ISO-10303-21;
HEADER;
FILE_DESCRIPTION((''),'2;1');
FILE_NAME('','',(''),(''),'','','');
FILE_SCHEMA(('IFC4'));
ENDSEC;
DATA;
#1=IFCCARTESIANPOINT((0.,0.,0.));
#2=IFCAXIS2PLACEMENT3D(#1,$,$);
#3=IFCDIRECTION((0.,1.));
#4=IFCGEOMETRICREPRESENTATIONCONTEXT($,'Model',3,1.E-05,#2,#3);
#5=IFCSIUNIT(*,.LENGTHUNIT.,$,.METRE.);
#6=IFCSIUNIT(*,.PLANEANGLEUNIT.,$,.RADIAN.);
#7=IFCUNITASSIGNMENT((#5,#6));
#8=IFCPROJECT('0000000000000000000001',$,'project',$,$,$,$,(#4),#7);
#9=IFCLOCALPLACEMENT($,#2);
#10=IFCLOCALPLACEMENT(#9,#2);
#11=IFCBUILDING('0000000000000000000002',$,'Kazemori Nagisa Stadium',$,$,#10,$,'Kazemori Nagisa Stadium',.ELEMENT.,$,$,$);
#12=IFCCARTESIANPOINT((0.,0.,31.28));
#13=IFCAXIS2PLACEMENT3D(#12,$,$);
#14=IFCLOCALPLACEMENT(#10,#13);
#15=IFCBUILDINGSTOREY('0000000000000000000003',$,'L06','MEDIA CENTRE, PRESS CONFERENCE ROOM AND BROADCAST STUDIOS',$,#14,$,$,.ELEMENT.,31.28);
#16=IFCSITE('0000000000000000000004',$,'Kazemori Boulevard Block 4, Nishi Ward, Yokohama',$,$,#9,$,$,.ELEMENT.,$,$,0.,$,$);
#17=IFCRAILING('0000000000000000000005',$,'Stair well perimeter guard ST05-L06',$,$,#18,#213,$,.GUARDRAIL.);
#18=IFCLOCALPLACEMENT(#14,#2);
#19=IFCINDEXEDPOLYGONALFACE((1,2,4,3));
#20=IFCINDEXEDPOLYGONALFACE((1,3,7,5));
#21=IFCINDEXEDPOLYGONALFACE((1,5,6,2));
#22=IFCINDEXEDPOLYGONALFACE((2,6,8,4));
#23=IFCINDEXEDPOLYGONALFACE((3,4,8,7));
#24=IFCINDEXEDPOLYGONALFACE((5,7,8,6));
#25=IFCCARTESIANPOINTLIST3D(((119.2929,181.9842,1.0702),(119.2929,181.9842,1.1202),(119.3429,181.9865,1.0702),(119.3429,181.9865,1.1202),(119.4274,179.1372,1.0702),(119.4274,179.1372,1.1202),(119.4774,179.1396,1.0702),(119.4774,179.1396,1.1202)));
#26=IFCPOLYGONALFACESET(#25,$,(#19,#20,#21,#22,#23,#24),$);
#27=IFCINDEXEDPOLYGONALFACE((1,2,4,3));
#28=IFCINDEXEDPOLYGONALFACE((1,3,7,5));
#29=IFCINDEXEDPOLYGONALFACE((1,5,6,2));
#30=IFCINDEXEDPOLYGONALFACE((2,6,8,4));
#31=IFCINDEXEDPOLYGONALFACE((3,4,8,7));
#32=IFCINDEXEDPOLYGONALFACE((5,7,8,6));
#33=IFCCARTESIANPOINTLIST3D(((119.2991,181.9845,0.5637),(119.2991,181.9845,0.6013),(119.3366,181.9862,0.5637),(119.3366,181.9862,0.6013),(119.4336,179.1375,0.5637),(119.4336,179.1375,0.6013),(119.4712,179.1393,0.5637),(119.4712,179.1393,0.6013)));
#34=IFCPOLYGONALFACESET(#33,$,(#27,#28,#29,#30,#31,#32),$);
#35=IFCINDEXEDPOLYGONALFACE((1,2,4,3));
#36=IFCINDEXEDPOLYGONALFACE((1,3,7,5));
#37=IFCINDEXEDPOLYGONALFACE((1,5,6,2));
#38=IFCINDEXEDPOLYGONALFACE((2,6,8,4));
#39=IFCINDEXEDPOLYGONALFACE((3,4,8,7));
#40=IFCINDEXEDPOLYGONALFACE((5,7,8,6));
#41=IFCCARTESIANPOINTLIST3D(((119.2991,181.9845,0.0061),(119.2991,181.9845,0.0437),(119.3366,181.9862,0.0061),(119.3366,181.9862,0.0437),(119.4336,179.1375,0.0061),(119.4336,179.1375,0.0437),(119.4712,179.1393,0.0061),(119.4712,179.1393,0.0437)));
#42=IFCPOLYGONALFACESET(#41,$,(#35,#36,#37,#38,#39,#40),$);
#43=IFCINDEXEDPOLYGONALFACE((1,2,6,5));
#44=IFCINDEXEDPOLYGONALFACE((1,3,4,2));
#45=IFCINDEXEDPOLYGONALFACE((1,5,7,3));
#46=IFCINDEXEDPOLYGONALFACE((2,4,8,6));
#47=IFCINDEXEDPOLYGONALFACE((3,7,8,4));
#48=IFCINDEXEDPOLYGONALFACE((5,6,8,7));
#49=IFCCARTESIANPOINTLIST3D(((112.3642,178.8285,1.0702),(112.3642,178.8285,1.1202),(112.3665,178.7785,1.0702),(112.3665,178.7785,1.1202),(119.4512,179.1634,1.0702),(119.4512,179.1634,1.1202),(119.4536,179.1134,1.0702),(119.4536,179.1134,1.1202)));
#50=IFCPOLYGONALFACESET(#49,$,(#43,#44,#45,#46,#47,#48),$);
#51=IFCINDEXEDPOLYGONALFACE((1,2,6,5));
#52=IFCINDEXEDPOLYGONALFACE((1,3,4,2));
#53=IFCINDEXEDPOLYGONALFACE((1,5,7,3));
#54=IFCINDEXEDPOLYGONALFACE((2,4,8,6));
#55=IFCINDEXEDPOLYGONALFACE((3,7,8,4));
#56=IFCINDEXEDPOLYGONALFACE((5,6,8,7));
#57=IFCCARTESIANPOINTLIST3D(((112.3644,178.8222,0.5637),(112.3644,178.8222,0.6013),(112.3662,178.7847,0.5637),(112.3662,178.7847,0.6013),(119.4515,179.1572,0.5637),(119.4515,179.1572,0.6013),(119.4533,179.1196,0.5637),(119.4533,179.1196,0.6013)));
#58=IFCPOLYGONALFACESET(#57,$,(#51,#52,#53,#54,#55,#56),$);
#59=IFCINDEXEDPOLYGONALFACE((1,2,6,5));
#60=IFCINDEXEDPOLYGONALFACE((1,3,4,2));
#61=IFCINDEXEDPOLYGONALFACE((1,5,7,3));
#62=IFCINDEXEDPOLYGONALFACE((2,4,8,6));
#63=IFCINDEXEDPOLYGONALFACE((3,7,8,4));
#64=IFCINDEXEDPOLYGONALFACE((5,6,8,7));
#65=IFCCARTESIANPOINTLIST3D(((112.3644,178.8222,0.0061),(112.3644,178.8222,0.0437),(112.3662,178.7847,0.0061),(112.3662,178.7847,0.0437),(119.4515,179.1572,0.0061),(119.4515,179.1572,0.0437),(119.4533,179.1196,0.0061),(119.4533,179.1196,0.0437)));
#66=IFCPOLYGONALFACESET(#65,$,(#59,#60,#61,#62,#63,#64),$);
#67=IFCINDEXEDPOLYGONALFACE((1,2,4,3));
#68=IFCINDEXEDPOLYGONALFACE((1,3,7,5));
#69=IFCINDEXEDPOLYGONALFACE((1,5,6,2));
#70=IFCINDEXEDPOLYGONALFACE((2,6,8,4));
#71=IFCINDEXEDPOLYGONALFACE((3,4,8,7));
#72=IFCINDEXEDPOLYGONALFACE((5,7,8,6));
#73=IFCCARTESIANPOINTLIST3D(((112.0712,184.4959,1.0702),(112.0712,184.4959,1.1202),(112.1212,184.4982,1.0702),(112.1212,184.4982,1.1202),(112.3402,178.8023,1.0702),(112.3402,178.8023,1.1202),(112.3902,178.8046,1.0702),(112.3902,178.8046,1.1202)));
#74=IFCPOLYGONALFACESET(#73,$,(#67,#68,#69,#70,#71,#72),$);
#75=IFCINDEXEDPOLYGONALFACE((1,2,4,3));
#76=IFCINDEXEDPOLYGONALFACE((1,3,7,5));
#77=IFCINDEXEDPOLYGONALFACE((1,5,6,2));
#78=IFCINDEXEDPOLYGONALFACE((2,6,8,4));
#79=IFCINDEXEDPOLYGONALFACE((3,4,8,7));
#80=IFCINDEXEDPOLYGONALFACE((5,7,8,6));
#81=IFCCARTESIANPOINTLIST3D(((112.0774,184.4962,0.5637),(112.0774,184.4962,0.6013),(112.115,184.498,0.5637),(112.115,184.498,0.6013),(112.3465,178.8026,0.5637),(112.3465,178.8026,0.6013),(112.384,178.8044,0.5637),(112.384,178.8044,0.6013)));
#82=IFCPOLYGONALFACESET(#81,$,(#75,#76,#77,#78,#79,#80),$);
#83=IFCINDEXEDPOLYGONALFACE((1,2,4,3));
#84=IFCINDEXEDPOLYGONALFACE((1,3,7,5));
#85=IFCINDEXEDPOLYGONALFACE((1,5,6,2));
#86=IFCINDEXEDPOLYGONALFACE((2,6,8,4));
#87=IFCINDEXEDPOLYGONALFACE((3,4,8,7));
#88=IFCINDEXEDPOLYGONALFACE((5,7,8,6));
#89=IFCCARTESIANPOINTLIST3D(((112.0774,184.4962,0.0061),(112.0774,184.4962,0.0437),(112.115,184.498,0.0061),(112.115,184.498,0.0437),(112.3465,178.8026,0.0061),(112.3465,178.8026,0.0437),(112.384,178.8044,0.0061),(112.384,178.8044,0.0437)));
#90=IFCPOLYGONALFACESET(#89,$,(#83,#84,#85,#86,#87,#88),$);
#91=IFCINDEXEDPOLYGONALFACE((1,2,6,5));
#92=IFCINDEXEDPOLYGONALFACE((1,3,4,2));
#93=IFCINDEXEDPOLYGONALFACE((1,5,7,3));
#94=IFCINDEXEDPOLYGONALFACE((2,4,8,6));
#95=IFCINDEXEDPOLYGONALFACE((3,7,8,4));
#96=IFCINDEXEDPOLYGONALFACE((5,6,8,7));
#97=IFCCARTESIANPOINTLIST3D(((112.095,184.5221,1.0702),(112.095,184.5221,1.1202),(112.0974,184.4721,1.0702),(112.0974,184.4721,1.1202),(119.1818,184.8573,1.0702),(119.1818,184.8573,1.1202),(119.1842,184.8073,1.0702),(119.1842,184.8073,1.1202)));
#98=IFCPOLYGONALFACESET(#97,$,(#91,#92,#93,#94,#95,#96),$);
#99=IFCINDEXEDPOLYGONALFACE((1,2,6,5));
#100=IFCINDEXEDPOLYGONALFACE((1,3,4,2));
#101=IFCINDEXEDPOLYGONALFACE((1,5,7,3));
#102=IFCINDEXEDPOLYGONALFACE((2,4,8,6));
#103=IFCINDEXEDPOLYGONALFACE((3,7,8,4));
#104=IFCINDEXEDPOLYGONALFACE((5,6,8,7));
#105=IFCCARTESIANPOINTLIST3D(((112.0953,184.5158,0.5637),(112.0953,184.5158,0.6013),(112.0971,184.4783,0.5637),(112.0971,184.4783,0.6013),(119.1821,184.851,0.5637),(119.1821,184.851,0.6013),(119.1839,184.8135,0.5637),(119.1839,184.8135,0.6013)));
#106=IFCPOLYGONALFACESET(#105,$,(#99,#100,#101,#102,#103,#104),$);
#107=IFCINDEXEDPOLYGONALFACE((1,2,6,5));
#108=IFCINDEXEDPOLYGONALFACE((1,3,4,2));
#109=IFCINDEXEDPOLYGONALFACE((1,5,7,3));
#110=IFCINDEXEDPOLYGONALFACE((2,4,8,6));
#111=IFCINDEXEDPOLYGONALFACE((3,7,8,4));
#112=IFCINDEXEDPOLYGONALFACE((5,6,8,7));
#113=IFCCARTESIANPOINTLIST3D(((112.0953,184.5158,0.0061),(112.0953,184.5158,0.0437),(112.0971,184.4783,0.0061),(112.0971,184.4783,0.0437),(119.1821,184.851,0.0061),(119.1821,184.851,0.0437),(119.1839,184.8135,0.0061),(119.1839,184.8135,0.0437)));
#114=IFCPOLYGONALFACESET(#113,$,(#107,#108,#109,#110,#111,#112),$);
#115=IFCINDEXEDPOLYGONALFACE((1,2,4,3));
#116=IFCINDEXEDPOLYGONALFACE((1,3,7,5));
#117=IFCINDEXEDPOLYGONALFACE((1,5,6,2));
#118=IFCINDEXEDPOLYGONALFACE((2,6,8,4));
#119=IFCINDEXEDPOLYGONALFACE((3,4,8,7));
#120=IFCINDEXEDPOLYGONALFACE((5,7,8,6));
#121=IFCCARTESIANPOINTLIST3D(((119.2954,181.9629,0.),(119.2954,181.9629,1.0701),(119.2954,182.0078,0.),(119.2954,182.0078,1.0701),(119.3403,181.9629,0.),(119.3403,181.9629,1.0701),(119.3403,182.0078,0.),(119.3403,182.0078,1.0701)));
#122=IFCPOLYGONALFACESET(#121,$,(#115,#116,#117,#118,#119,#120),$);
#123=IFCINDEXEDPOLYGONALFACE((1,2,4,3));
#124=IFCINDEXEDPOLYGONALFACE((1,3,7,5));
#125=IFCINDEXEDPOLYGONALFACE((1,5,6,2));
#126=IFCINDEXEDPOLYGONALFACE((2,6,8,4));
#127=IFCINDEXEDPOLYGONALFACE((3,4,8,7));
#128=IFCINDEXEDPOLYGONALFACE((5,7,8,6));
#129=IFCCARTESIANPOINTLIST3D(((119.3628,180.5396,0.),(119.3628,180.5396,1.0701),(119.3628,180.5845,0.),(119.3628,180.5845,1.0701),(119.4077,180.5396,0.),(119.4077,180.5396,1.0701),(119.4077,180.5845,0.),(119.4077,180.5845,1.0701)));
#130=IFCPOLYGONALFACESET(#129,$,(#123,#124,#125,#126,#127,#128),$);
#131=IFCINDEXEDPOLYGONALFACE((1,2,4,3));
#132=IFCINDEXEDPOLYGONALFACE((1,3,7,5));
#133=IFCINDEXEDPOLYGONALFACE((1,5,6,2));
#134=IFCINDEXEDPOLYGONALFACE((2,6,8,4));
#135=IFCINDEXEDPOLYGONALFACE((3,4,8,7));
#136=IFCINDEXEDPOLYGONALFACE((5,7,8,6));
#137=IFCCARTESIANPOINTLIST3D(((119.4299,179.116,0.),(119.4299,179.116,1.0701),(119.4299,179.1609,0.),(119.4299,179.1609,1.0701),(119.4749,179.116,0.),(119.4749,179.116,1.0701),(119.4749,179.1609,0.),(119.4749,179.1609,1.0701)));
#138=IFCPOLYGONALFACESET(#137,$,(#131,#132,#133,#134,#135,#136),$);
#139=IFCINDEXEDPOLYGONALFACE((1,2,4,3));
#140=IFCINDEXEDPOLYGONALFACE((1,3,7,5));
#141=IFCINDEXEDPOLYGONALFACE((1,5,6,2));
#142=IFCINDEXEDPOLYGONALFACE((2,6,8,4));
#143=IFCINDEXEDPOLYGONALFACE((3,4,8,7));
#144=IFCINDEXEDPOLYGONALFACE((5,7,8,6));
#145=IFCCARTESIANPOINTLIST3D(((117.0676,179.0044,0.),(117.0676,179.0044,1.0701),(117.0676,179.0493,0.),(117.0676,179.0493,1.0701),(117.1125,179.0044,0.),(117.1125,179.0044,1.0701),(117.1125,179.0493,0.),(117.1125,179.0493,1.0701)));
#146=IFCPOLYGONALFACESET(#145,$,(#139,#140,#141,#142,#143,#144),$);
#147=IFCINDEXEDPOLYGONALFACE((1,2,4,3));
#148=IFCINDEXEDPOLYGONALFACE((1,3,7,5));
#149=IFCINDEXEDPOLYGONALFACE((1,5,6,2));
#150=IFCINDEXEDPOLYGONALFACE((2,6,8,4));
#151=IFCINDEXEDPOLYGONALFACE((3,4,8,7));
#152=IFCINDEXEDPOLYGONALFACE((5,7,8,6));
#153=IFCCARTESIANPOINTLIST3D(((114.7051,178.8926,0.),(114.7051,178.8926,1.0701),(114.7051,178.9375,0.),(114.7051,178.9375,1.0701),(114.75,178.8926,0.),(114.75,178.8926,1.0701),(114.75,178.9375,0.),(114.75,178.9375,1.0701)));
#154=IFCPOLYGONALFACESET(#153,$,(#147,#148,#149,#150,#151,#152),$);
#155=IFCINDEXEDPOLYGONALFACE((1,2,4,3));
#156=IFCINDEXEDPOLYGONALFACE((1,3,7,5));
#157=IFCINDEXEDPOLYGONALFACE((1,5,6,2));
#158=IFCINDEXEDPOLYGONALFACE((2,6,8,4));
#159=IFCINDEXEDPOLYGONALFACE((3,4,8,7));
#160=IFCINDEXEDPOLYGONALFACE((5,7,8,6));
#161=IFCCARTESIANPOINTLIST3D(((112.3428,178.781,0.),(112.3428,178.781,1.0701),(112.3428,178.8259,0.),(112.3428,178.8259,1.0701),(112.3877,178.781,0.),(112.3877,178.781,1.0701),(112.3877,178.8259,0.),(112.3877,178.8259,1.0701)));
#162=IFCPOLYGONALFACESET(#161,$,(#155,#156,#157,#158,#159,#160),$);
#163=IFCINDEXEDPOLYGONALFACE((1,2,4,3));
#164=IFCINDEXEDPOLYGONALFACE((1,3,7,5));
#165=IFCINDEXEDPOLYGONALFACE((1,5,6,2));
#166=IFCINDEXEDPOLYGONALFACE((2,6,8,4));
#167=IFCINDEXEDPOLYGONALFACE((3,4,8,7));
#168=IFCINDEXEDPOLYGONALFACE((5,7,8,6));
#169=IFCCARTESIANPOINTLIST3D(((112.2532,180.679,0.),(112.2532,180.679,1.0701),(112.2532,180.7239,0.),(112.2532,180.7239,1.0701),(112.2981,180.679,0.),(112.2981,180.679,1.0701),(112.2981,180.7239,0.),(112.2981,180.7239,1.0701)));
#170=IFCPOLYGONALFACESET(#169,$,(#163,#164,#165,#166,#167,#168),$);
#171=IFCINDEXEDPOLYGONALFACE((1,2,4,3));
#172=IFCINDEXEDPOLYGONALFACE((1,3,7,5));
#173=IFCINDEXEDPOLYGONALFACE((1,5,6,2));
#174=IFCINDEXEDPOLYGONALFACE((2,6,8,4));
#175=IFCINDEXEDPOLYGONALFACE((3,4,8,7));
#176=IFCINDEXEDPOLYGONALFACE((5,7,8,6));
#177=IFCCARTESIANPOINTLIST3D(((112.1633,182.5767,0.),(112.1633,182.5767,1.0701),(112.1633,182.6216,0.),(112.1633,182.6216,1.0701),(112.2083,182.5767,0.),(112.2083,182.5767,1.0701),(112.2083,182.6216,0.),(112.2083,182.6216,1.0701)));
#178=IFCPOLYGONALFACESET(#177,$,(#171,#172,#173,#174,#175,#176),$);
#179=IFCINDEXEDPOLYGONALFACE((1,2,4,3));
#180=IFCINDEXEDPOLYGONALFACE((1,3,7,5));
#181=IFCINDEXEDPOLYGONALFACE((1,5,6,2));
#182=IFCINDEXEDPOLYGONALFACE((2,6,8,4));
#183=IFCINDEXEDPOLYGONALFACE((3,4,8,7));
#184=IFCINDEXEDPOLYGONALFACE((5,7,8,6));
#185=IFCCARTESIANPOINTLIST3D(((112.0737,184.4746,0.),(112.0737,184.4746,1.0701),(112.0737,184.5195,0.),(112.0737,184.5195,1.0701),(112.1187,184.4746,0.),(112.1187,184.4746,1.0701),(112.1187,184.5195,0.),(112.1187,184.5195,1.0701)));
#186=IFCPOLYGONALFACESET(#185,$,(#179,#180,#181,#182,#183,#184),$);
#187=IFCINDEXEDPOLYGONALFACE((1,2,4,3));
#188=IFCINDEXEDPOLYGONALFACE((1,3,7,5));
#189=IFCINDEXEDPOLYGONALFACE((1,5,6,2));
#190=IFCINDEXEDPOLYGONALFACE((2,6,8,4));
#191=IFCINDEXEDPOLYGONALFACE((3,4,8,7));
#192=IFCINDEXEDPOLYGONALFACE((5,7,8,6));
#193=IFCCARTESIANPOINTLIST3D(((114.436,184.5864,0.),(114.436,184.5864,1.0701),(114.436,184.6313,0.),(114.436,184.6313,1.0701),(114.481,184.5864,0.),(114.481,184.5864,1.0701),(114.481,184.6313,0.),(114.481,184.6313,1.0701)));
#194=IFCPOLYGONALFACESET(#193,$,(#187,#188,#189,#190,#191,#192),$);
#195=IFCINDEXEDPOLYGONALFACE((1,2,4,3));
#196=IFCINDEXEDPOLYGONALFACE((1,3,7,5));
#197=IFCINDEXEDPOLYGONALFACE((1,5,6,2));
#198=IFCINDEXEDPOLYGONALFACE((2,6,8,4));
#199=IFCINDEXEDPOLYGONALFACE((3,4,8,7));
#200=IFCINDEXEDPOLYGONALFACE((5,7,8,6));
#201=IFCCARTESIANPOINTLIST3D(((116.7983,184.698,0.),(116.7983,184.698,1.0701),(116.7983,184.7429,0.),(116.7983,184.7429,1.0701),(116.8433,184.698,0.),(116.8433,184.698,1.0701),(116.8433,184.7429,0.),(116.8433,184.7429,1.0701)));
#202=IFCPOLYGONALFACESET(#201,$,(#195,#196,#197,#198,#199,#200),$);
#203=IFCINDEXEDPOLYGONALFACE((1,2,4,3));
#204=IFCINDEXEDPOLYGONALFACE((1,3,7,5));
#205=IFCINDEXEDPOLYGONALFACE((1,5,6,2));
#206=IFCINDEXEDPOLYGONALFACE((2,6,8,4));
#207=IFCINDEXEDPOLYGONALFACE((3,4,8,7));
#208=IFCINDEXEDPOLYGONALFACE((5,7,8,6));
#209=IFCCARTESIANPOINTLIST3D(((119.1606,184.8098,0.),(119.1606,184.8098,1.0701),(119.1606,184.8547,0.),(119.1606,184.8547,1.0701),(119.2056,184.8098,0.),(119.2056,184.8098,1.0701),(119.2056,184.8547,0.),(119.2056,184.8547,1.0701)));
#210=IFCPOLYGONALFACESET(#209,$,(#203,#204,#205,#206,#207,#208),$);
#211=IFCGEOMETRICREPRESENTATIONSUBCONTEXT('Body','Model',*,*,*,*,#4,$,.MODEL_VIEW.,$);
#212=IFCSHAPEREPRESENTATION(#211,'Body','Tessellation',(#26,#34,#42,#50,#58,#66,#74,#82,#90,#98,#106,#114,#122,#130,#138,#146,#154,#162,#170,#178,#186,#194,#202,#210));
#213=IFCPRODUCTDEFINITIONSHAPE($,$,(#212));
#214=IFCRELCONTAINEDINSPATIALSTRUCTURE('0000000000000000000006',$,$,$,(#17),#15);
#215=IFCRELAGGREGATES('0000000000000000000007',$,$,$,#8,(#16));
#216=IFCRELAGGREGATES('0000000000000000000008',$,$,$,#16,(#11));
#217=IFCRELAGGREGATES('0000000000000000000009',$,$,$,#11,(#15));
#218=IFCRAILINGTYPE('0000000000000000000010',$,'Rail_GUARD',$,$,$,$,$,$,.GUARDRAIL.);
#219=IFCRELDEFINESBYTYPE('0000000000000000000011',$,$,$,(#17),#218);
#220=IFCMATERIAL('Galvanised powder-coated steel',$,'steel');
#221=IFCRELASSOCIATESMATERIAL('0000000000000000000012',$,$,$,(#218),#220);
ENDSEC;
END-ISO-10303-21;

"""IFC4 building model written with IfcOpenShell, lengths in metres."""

from ifc_helpers import new_model, si_unit, direction, frame, origin, origin_2d, place, context, subcontext, project, spatial, rectangle, extrude, material, type_object, element, save


model = new_model("IFC4")

# Units and contexts
model_context = context("Model", 3, precision=1e-05, world=origin(), true_north=direction((0.0, 1.0)))
body_context = subcontext(model_context, "Body", "Model", "MODEL_VIEW")
ifc_project = project(units=[si_unit("LENGTHUNIT", "METRE"), si_unit("PLANEANGLEUNIT", "RADIAN")], contexts=[model_context])

# Site, building, storey
site_placement = place(None, origin())
site = spatial("IfcSite", under=ifc_project, at=site_placement, Name="Kazemori Boulevard Block 4, Nishi Ward, Yokohama", CompositionType="ELEMENT", RefElevation=0.0)
building_placement = place(site_placement, origin())
building = spatial("IfcBuilding", under=site, at=building_placement, Name="Kazemori Nagisa Stadium", LongName="Kazemori Nagisa Stadium", CompositionType="ELEMENT")
storey_placement = place(building_placement, frame((0.0, 0.0, 31.28)))
storey = spatial("IfcBuildingStorey", under=building, at=storey_placement, Name="L06", Description="MEDIA CENTRE, PRESS CONFERENCE ROOM AND BROADCAST STUDIOS", CompositionType="ELEMENT", Elevation=31.28)

# Railing
ifc_material_1 = material(Name="Galvanised powder-coated steel", Category="steel")
railing_type_1 = type_object("IfcRailingType", Name="Rail_GUARD", PredefinedType="GUARDRAIL", material=ifc_material_1)
railing_1_placement = place(storey_placement, frame((119.3179, 181.9854, 0.0)))
element("IfcRailing", 1, at=railing_1_placement, inside=storey, type_object=railing_type_1, Name="Stair well perimeter guard ST05-L06", PredefinedType="GUARDRAIL", context=body_context, shape_type="SweptSolid", body=[
    extrude(rectangle(XDim=0.05, YDim=0.05, at=origin_2d()), frame((0.0, 0.0, 1.0952), z_axis=(0.047199, -0.998886, 0.0), x_axis=(0.998886, 0.047199, 0.0)), (0.0, 0.0, 1.0), 2.8501),
    extrude(rectangle(XDim=0.0376, YDim=0.0376, at=origin_2d()), frame((0.0, 0.0, 0.5825), z_axis=(0.047199, -0.998886, 0.0), x_axis=(0.998886, 0.047199, 0.0)), (0.0, 0.0, 1.0), 2.8501),
    extrude(rectangle(XDim=0.0376, YDim=0.0376, at=origin_2d()), frame((0.0, 0.0, 0.0249), z_axis=(0.047199, -0.998886, 0.0), x_axis=(0.998886, 0.047199, 0.0)), (0.0, 0.0, 1.0), 2.8501),
    extrude(rectangle(XDim=0.05, YDim=0.05, at=origin_2d()), frame((0.1345, -2.8469, 1.0952), z_axis=(-0.998885, -0.04721, 0.0), x_axis=(0.04721, -0.998885, 0.0)), (0.0, 0.0, 1.0), 7.095),
    extrude(rectangle(XDim=0.0376, YDim=0.0376, at=origin_2d()), frame((0.1345, -2.8469, 0.5825), z_axis=(-0.998885, -0.04721, 0.0), x_axis=(0.04721, -0.998885, 0.0)), (0.0, 0.0, 1.0), 7.095),
    extrude(rectangle(XDim=0.0376, YDim=0.0376, at=origin_2d()), frame((0.1345, -2.8469, 0.0249), z_axis=(-0.998885, -0.04721, 0.0), x_axis=(0.04721, -0.998885, 0.0)), (0.0, 0.0, 1.0), 7.095),
    extrude(rectangle(XDim=0.05, YDim=0.05, at=origin_2d()), frame((-6.9526, -3.1819, 1.0952), z_axis=(-0.047201, 0.998885, 0.0), x_axis=(-0.998885, -0.047201, 0.0)), (0.0, 0.0, 1.0), 5.7),
    extrude(rectangle(XDim=0.0376, YDim=0.0376, at=origin_2d()), frame((-6.9526, -3.1819, 0.5825), z_axis=(-0.047201, 0.998885, 0.0), x_axis=(-0.998885, -0.047201, 0.0)), (0.0, 0.0, 1.0), 5.7),
    extrude(rectangle(XDim=0.0376, YDim=0.0376, at=origin_2d()), frame((-6.9526, -3.1819, 0.0249), z_axis=(-0.047201, 0.998885, 0.0), x_axis=(-0.998885, -0.047201, 0.0)), (0.0, 0.0, 1.0), 5.7),
    extrude(rectangle(XDim=0.05, YDim=0.05, at=origin_2d()), frame((-7.2217, 2.5117, 1.0952), z_axis=(0.998883, 0.047246, 0.0), x_axis=(-0.047246, 0.998883, 0.0)), (0.0, 0.0, 1.0), 7.0947),
    extrude(rectangle(XDim=0.0376, YDim=0.0376, at=origin_2d()), frame((-7.2217, 2.5117, 0.5825), z_axis=(0.998883, 0.047246, 0.0), x_axis=(-0.047246, 0.998883, 0.0)), (0.0, 0.0, 1.0), 7.0947),
    extrude(rectangle(XDim=0.0376, YDim=0.0376, at=origin_2d()), frame((-7.2217, 2.5117, 0.0249), z_axis=(0.998883, 0.047246, 0.0), x_axis=(-0.047246, 0.998883, 0.0)), (0.0, 0.0, 1.0), 7.0947),
    extrude(rectangle(XDim=0.0449, YDim=0.0449, at=origin_2d()), origin(), (0.0, 0.0, 1.0), 1.0701),
    extrude(rectangle(XDim=0.0449, YDim=0.0449, at=origin_2d()), frame((0.0674, -1.4233, 0.0)), (0.0, 0.0, 1.0), 1.0701),
    extrude(rectangle(XDim=0.0449, YDim=0.0449, at=origin_2d()), frame((0.1345, -2.8469, 0.0)), (0.0, 0.0, 1.0), 1.0701),
    extrude(rectangle(XDim=0.0449, YDim=0.0449, at=origin_2d()), frame((-2.2278, -2.9585, 0.0)), (0.0, 0.0, 1.0), 1.0701),
    extrude(rectangle(XDim=0.0449, YDim=0.0449, at=origin_2d()), frame((-4.5903, -3.0703, 0.0)), (0.0, 0.0, 1.0), 1.0701),
    extrude(rectangle(XDim=0.0449, YDim=0.0449, at=origin_2d()), frame((-6.9526, -3.1819, 0.0)), (0.0, 0.0, 1.0), 1.0701),
    extrude(rectangle(XDim=0.0449, YDim=0.0449, at=origin_2d()), frame((-7.0422, -1.2839, 0.0)), (0.0, 0.0, 1.0), 1.0701),
    extrude(rectangle(XDim=0.0449, YDim=0.0449, at=origin_2d()), frame((-7.1321, 0.6138, 0.0)), (0.0, 0.0, 1.0), 1.0701),
    extrude(rectangle(XDim=0.0449, YDim=0.0449, at=origin_2d()), frame((-7.2217, 2.5117, 0.0)), (0.0, 0.0, 1.0), 1.0701),
    extrude(rectangle(XDim=0.0449, YDim=0.0449, at=origin_2d()), frame((-4.8594, 2.6235, 0.0)), (0.0, 0.0, 1.0), 1.0701),
    extrude(rectangle(XDim=0.0449, YDim=0.0449, at=origin_2d()), frame((-2.4971, 2.7351, 0.0)), (0.0, 0.0, 1.0), 1.0701),
    extrude(rectangle(XDim=0.0449, YDim=0.0449, at=origin_2d()), frame((-0.1348, 2.8469, 0.0)), (0.0, 0.0, 1.0), 1.0701),
])

save(model, "model.ifc")
